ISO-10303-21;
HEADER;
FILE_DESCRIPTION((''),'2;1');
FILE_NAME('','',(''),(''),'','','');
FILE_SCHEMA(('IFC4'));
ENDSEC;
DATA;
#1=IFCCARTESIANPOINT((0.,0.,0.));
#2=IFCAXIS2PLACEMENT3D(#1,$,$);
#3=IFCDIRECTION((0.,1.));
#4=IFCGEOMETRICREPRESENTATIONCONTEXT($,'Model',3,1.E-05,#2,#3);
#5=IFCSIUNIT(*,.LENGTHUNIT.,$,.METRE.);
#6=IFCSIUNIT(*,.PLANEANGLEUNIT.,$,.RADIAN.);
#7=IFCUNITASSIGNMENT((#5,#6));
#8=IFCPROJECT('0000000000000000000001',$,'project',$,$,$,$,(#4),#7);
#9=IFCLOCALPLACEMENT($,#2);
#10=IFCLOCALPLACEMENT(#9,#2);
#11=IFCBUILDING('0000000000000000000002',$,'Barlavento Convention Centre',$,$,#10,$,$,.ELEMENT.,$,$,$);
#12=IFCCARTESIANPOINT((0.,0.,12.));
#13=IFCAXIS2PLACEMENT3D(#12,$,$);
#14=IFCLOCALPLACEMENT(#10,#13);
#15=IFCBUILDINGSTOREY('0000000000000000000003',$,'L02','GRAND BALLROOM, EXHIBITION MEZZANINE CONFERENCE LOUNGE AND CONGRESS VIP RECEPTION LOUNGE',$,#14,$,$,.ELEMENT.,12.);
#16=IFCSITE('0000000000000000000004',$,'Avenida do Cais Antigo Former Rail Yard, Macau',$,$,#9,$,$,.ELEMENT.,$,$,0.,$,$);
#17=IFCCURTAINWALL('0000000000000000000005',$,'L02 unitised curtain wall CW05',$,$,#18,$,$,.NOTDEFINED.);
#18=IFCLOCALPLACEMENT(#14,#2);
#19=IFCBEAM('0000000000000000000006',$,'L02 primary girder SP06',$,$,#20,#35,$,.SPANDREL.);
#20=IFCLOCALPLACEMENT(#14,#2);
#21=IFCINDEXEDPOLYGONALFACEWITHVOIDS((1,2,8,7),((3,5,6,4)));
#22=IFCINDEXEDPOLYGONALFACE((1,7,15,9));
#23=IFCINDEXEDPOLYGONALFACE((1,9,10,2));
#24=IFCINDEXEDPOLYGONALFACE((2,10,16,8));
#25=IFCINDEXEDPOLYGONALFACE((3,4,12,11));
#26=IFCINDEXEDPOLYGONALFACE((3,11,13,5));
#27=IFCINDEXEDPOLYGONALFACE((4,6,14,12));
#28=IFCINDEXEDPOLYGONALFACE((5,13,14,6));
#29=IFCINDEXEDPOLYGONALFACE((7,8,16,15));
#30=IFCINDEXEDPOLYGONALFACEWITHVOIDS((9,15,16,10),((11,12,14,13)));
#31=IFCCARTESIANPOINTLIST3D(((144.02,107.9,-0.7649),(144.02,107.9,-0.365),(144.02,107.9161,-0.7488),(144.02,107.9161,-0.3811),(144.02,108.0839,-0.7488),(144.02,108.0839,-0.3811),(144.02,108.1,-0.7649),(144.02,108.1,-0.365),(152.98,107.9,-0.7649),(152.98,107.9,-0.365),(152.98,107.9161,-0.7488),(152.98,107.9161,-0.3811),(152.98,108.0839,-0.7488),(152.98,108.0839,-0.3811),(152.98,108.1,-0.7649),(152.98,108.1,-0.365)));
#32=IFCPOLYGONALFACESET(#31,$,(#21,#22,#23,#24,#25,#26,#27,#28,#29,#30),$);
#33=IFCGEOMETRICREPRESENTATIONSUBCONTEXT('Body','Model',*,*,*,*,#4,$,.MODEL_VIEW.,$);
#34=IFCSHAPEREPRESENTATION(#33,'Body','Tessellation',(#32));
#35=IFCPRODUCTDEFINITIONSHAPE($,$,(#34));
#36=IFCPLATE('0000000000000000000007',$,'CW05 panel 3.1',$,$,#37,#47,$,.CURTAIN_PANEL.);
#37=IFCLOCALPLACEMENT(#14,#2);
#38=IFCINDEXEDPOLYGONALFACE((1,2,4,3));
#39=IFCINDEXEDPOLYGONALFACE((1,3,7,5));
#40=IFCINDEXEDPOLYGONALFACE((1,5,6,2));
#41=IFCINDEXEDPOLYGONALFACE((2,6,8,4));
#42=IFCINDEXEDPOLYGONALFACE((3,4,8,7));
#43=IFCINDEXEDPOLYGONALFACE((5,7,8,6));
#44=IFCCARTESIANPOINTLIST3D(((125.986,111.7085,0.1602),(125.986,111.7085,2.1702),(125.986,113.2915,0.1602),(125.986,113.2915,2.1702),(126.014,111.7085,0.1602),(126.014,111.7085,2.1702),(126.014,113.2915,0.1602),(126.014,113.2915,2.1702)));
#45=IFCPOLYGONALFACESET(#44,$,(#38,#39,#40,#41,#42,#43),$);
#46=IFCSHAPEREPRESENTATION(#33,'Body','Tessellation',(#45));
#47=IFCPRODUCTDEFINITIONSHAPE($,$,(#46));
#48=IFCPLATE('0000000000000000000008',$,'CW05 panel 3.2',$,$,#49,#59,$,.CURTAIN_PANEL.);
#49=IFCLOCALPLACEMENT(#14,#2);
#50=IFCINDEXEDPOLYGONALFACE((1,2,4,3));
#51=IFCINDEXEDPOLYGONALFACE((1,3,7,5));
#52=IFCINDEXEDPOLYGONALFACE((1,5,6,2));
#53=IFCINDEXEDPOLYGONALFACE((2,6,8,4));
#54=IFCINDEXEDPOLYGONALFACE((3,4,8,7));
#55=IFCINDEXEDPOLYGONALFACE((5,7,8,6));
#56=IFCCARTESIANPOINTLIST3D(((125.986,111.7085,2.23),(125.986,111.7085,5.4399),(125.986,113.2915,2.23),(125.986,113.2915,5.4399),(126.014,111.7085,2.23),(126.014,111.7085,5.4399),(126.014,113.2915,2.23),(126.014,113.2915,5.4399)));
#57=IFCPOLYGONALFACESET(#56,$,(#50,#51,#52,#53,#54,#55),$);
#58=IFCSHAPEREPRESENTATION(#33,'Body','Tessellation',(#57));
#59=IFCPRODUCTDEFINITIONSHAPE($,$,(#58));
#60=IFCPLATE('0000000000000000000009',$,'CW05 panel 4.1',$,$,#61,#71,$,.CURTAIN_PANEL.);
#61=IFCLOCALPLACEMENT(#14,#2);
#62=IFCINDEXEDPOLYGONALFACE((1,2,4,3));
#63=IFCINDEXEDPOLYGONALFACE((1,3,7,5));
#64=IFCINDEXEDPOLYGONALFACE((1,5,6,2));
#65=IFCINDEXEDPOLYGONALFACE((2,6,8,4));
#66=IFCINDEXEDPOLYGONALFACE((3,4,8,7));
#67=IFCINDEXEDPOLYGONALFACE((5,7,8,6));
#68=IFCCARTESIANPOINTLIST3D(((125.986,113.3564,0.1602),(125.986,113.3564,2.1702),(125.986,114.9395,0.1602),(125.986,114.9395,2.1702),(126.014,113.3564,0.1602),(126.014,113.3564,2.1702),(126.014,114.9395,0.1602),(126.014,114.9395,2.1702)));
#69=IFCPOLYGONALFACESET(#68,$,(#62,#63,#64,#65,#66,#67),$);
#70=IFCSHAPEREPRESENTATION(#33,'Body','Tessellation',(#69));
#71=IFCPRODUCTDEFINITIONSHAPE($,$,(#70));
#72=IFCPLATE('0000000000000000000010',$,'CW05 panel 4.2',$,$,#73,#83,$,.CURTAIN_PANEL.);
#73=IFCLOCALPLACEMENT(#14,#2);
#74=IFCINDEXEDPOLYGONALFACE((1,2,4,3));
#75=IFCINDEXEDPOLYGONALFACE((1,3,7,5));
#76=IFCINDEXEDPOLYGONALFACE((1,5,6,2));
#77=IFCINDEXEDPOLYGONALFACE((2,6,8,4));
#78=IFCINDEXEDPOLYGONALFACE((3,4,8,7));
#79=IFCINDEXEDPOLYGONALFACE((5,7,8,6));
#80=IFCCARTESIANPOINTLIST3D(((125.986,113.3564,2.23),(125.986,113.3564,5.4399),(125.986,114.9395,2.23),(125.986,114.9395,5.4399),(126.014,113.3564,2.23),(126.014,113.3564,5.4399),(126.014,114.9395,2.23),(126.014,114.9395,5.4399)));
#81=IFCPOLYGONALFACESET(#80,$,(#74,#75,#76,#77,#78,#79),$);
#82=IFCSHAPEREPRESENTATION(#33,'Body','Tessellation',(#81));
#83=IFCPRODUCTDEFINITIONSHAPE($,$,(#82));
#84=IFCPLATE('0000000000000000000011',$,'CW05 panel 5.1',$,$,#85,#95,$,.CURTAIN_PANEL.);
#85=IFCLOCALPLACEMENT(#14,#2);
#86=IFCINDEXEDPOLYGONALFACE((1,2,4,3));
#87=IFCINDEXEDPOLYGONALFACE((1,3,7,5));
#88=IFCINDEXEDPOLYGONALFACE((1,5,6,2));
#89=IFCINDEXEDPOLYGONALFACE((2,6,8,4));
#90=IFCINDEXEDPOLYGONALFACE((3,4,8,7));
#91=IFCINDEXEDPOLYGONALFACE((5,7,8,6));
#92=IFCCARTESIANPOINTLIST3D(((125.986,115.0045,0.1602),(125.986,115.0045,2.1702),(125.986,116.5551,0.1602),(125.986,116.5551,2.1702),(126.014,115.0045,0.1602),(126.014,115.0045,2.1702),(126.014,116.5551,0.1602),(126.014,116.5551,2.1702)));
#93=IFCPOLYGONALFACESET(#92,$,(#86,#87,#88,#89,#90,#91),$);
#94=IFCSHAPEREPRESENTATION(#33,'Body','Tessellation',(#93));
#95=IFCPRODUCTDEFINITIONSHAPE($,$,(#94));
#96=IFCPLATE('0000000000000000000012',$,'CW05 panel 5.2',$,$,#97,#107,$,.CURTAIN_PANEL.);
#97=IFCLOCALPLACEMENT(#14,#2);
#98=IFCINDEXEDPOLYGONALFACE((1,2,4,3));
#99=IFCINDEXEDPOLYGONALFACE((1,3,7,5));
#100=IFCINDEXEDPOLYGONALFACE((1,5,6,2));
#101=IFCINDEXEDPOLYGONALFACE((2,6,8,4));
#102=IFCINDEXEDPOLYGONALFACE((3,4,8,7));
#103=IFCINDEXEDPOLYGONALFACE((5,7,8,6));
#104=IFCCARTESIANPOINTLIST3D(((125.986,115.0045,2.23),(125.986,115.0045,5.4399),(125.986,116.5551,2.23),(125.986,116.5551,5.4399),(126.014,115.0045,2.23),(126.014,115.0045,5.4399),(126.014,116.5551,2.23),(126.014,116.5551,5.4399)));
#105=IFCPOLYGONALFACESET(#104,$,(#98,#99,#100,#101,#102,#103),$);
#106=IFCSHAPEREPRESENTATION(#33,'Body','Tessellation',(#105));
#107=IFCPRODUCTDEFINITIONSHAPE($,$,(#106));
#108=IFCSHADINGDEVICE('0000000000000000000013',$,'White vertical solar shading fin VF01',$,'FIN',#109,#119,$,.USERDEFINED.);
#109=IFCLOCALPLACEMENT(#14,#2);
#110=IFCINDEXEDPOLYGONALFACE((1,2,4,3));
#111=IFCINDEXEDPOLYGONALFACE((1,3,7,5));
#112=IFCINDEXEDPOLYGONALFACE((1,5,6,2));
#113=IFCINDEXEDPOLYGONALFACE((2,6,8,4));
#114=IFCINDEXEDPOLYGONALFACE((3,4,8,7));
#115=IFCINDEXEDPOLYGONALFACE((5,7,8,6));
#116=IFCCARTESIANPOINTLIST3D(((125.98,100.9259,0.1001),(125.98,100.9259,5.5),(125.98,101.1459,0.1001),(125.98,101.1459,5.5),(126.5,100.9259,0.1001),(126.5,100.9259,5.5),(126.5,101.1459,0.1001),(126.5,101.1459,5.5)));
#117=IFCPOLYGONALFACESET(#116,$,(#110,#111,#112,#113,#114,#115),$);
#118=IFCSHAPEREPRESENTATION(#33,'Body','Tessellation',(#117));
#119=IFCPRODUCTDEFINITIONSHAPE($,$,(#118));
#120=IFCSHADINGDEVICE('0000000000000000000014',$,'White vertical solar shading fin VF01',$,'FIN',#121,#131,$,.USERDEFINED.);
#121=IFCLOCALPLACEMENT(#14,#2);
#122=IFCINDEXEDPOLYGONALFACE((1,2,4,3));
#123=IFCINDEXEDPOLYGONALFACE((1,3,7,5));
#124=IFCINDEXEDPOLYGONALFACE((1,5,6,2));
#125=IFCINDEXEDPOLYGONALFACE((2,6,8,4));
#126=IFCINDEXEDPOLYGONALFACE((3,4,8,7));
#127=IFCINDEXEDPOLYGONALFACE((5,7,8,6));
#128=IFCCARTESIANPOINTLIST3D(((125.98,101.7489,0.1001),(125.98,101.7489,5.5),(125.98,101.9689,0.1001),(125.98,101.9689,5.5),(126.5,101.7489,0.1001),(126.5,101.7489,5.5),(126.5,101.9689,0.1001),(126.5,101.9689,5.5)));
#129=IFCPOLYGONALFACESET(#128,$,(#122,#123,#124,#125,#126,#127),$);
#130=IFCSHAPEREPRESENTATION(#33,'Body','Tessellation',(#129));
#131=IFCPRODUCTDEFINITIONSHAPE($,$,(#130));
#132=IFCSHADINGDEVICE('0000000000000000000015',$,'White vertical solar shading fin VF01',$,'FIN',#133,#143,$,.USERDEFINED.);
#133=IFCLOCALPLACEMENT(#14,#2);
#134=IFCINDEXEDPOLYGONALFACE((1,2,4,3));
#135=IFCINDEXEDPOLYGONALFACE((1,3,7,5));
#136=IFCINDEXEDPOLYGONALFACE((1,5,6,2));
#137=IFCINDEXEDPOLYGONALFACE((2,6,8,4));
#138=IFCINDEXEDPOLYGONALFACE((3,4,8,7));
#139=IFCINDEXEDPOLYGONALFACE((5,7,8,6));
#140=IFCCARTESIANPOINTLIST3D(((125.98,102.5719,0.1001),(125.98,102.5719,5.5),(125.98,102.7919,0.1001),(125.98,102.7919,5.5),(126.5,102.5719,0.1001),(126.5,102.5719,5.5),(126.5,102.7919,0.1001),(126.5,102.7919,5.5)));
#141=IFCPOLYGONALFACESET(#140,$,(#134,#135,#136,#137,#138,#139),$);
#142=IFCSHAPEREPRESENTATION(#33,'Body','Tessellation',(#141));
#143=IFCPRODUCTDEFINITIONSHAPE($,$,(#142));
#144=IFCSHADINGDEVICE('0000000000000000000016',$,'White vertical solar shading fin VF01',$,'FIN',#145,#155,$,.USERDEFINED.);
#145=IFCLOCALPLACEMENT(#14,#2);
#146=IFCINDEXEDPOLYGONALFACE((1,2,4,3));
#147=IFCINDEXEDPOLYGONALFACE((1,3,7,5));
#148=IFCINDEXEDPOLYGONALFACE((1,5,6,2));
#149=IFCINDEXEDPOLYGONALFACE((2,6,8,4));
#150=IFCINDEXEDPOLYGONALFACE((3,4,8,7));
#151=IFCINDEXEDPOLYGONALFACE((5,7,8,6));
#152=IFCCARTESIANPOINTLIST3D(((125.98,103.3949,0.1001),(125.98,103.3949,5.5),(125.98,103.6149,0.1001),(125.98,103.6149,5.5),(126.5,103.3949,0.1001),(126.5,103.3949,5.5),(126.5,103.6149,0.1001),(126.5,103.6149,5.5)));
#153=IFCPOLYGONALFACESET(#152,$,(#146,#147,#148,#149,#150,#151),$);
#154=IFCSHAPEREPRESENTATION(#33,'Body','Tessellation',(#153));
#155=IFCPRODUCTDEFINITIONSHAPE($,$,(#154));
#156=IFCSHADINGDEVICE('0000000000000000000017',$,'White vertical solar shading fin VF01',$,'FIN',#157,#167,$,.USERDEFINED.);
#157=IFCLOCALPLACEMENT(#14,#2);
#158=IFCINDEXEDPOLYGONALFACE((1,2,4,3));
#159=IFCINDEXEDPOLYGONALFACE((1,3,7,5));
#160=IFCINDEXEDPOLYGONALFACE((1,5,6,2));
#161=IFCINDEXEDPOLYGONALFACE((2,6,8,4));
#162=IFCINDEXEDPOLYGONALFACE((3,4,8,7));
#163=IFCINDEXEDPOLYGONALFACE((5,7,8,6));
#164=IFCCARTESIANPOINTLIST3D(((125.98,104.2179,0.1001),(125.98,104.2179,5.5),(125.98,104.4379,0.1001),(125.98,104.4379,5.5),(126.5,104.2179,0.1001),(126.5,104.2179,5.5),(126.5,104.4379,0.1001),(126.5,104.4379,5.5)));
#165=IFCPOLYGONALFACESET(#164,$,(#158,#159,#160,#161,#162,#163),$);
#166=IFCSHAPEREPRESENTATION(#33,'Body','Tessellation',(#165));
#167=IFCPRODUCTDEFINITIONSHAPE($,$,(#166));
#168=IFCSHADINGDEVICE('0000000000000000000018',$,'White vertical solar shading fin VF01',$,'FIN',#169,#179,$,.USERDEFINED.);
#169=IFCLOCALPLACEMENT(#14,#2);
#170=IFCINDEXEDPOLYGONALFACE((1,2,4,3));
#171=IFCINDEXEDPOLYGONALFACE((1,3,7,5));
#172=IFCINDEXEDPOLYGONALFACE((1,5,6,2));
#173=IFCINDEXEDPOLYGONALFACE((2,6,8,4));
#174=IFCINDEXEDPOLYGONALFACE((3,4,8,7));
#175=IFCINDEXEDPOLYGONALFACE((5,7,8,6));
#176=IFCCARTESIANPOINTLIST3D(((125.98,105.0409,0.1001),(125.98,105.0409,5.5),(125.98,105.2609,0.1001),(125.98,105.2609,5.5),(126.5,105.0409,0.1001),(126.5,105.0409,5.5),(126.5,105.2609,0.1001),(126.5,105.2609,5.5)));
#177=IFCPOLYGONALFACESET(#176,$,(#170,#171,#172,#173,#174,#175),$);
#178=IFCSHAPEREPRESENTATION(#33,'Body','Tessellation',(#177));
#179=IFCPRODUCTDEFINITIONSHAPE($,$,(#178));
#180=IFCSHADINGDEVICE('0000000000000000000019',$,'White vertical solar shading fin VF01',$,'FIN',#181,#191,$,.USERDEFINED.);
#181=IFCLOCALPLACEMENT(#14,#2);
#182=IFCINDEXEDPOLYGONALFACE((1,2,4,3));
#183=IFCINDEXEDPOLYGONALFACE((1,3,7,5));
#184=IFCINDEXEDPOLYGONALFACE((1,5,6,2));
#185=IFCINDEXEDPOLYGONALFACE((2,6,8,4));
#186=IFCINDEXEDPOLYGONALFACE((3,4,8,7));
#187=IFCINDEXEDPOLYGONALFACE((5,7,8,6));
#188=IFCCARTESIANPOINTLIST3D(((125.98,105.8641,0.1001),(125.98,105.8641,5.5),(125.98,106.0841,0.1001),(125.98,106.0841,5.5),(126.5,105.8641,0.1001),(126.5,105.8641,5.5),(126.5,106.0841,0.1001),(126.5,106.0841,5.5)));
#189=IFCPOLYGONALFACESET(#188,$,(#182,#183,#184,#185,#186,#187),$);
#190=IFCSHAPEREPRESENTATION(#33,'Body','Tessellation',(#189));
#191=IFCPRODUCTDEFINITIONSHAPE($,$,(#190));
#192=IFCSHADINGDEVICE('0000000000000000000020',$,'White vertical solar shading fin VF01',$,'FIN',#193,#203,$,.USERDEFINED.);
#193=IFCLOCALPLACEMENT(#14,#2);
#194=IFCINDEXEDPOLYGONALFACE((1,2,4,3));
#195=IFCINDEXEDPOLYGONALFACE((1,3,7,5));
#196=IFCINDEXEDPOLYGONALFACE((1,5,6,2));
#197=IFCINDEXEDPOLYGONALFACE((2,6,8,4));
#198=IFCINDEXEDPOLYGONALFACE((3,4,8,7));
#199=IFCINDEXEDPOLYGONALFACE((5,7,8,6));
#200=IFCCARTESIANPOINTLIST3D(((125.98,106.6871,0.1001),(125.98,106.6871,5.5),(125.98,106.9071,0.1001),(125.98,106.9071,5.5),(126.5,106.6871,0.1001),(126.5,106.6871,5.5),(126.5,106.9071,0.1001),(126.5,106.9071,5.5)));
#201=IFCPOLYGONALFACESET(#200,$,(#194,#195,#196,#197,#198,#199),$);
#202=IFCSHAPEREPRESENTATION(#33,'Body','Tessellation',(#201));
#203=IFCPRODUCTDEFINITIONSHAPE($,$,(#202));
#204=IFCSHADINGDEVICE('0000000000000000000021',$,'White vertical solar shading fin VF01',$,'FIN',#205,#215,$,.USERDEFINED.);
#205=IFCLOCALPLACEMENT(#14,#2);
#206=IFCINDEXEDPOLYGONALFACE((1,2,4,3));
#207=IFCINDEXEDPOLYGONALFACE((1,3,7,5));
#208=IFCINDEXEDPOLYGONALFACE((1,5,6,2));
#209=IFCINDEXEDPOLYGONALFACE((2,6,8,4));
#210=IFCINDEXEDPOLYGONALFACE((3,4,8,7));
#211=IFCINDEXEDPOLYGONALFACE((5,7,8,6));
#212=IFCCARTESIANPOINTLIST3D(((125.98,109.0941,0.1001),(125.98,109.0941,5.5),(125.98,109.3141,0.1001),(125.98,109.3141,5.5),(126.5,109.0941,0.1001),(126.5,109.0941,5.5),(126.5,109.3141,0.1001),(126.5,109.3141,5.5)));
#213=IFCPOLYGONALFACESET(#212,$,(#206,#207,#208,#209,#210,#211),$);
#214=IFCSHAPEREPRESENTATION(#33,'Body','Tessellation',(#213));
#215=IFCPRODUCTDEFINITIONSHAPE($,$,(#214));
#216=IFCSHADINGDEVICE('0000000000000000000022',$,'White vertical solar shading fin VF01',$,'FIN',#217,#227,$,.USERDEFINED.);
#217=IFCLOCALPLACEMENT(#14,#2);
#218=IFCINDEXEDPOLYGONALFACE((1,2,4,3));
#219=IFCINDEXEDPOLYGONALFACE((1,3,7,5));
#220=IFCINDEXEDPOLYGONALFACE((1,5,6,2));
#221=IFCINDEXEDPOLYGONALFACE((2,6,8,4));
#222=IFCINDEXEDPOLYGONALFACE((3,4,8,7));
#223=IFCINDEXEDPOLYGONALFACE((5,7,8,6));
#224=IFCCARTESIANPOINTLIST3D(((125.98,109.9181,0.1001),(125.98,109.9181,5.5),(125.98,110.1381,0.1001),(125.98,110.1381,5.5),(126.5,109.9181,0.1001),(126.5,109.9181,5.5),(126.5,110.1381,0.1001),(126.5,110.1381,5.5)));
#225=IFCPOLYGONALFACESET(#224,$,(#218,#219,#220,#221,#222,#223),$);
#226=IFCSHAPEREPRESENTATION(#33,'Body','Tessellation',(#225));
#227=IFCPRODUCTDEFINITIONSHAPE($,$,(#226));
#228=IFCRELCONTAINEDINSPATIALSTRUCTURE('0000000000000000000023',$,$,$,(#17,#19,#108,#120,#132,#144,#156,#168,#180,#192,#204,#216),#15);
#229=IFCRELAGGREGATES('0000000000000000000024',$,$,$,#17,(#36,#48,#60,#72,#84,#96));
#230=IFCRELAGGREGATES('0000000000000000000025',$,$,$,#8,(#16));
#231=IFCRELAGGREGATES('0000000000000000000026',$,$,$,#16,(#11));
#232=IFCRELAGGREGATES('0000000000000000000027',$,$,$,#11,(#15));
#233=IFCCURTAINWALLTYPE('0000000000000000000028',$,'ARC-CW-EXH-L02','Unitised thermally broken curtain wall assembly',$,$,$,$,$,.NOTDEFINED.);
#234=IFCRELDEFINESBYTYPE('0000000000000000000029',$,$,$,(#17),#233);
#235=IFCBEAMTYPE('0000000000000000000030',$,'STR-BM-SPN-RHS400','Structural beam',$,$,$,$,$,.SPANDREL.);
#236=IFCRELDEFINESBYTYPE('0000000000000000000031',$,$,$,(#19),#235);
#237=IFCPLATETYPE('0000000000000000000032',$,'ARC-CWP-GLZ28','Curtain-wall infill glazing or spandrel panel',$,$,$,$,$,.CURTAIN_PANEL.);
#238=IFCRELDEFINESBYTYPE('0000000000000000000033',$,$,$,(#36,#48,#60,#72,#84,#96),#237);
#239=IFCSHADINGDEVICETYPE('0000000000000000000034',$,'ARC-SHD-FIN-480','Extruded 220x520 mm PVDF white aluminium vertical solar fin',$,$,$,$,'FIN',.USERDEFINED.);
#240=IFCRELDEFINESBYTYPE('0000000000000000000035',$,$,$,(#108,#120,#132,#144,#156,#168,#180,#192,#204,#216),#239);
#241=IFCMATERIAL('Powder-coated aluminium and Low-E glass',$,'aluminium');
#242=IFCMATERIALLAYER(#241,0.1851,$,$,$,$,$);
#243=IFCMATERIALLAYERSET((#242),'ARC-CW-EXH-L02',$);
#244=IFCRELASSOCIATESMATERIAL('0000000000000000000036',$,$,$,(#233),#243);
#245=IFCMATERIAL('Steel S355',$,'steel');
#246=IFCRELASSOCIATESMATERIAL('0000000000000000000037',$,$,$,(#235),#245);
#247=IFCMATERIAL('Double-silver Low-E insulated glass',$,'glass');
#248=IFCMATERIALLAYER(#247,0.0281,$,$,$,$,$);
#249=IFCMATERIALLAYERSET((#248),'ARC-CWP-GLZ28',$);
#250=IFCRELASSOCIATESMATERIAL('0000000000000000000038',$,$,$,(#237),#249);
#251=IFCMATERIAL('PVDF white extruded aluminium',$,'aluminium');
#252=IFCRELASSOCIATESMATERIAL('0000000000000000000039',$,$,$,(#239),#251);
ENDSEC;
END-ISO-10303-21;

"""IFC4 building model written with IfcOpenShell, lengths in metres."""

from ifc_helpers import new_model, si_unit, direction, frame, origin, origin_2d, place, context, subcontext, project, spatial, rectangle, hollow_rectangle, extrude, material, layer, layer_set, material_profile, profile_set, type_object, element, aggregate, save


model = new_model("IFC4")

# Units and contexts
model_context = context("Model", 3, precision=1e-05, world=origin(), true_north=direction((0.0, 1.0)))
body_context = subcontext(model_context, "Body", "Model", "MODEL_VIEW")
ifc_project = project(units=[si_unit("LENGTHUNIT", "METRE"), si_unit("PLANEANGLEUNIT", "RADIAN")], contexts=[model_context])

# Site, building, storey
site_placement = place(None, origin())
site = spatial("IfcSite", under=ifc_project, at=site_placement, Name="Avenida do Cais Antigo Former Rail Yard, Macau", CompositionType="ELEMENT", RefElevation=0.0)
building_placement = place(site_placement, origin())
building = spatial("IfcBuilding", under=site, at=building_placement, Name="Barlavento Convention Centre", CompositionType="ELEMENT")
storey_placement = place(building_placement, frame((0.0, 0.0, 12.0)))
storey = spatial("IfcBuildingStorey", under=building, at=storey_placement, Name="L02", Description="GRAND BALLROOM, EXHIBITION MEZZANINE CONFERENCE LOUNGE AND CONGRESS VIP RECEPTION LOUNGE", CompositionType="ELEMENT", Elevation=12.0)

# Curtain wall
ifc_material_1 = material(Name="Powder-coated aluminium and Low-E glass", Category="aluminium")
ifc_layer_1 = layer(ifc_material_1, 0.1851)
ifc_layer_set_1 = layer_set([ifc_layer_1], Name="ARC-CW-EXH-L02")
curtain_wall_type = type_object("IfcCurtainWallType", Name="ARC-CW-EXH-L02", Description="Unitised thermally broken curtain wall assembly", PredefinedType="NOTDEFINED", material=ifc_layer_set_1)
curtain_wall_placement = place(storey_placement, origin())
curtain_wall = element("IfcCurtainWall", 1, at=curtain_wall_placement, inside=storey, type_object=curtain_wall_type, Name="L02 unitised curtain wall CW05", PredefinedType="NOTDEFINED")

# Beam
ifc_material_2 = material(Name="Steel S355", Category="steel")
ifc_material_profile_1 = material_profile(ifc_material_2, hollow_rectangle(XDim=0.2, YDim=0.3999, WallThickness=0.0161, at=origin_2d()), Name="RHS 400x200x16.0")
ifc_profile_set_1 = profile_set([ifc_material_profile_1], Name="Steel S355")
beam_type_1 = type_object("IfcBeamType", Name="STR-BM-SPN-RHS400", Description="Structural beam", PredefinedType="SPANDREL", material=ifc_profile_set_1)
beam_1_placement = place(storey_placement, frame((144.02, 108.0, -0.5649), z_axis=(1.0, 0.0, 0.0), x_axis=(0.0, 1.0, 0.0)))
element("IfcBeam", 2, at=beam_1_placement, inside=storey, type_object=beam_type_1, Name="L02 primary girder SP06", PredefinedType="SPANDREL", context=body_context, shape_type="SweptSolid", body=[
    extrude(hollow_rectangle(XDim=0.2, YDim=0.3999, WallThickness=0.0161, at=origin_2d()), origin(), (0.0, 0.0, 1.0), 8.96),
])

# Plates
ifc_material_3 = material(Name="Double-silver Low-E insulated glass", Category="glass")
ifc_layer_2 = layer(ifc_material_3, 0.0281)
ifc_layer_set_2 = layer_set([ifc_layer_2], Name="ARC-CWP-GLZ28")
plate_type = type_object("IfcPlateType", Name="ARC-CWP-GLZ28", Description="Curtain-wall infill glazing or spandrel panel", PredefinedType="CURTAIN_PANEL", material=ifc_layer_set_2)
plate_1_placement = place(storey_placement, frame((126.0, 112.5, 0.1602), z_axis=(0.0, 0.0, 1.0), x_axis=(0.0, 1.0, 0.0)))
plate_1 = element("IfcPlate", 3, at=plate_1_placement, type_object=plate_type, Name="CW05 panel 3.1", PredefinedType="CURTAIN_PANEL", context=body_context, shape_type="SweptSolid", body=[
    extrude(rectangle(XDim=1.583, YDim=0.0281, at=origin_2d()), origin(), (0.0, 0.0, 1.0), 2.01),
])
plate_2_placement = place(storey_placement, frame((126.0, 112.5, 2.23), z_axis=(0.0, 0.0, 1.0), x_axis=(0.0, 1.0, 0.0)))
plate_2 = element("IfcPlate", 4, at=plate_2_placement, type_object=plate_type, Name="CW05 panel 3.2", PredefinedType="CURTAIN_PANEL", context=body_context, shape_type="SweptSolid", body=[
    extrude(rectangle(XDim=1.583, YDim=0.0281, at=origin_2d()), origin(), (0.0, 0.0, 1.0), 3.21),
])
plate_3_placement = place(storey_placement, frame((126.0, 114.1479, 0.1602), z_axis=(0.0, 0.0, 1.0), x_axis=(0.0, 1.0, 0.0)))
plate_3 = element("IfcPlate", 5, at=plate_3_placement, type_object=plate_type, Name="CW05 panel 4.1", PredefinedType="CURTAIN_PANEL", context=body_context, shape_type="SweptSolid", body=[
    extrude(rectangle(XDim=1.583, YDim=0.0281, at=origin_2d()), origin(), (0.0, 0.0, 1.0), 2.01),
])
plate_4_placement = place(storey_placement, frame((126.0, 114.1479, 2.23), z_axis=(0.0, 0.0, 1.0), x_axis=(0.0, 1.0, 0.0)))
plate_4 = element("IfcPlate", 6, at=plate_4_placement, type_object=plate_type, Name="CW05 panel 4.2", PredefinedType="CURTAIN_PANEL", context=body_context, shape_type="SweptSolid", body=[
    extrude(rectangle(XDim=1.583, YDim=0.0281, at=origin_2d()), origin(), (0.0, 0.0, 1.0), 3.21),
])
plate_5_placement = place(storey_placement, frame((126.0, 115.7798, 0.1602), z_axis=(0.0, 0.0, 1.0), x_axis=(0.0, 1.0, 0.0)))
plate_5 = element("IfcPlate", 7, at=plate_5_placement, type_object=plate_type, Name="CW05 panel 5.1", PredefinedType="CURTAIN_PANEL", context=body_context, shape_type="SweptSolid", body=[
    extrude(rectangle(XDim=1.5505, YDim=0.0281, at=origin_2d()), origin(), (0.0, 0.0, 1.0), 2.01),
])
plate_6_placement = place(storey_placement, frame((126.0, 115.7798, 2.23), z_axis=(0.0, 0.0, 1.0), x_axis=(0.0, 1.0, 0.0)))
plate_6 = element("IfcPlate", 8, at=plate_6_placement, type_object=plate_type, Name="CW05 panel 5.2", PredefinedType="CURTAIN_PANEL", context=body_context, shape_type="SweptSolid", body=[
    extrude(rectangle(XDim=1.5505, YDim=0.0281, at=origin_2d()), origin(), (0.0, 0.0, 1.0), 3.21),
])
aggregate(curtain_wall, [plate_1, plate_2, plate_3, plate_4, plate_5, plate_6])

# Shading devices
ifc_material_4 = material(Name="PVDF white extruded aluminium", Category="aluminium")
shading_device_type = type_object("IfcShadingDeviceType", Name="ARC-SHD-FIN-480", Description="Extruded 220x520 mm PVDF white aluminium vertical solar fin", ElementType="FIN", PredefinedType="USERDEFINED", material=ifc_material_4)
for number, where, z_axis, x_axis, name in (
    (9, (126.24, 101.0359, 0.1001), (0.0, 0.0, 1.0), (0.0, 1.0, 0.0), "White vertical solar shading fin VF01"),
    (10, (126.24, 101.8589, 0.1001), (0.0, 0.0, 1.0), (0.0, 1.0, 0.0), "White vertical solar shading fin VF01"),
    (11, (126.24, 102.6819, 0.1001), (0.0, 0.0, 1.0), (0.0, 1.0, 0.0), "White vertical solar shading fin VF01"),
    (12, (126.24, 103.5049, 0.1001), (0.0, 0.0, 1.0), (0.0, 1.0, 0.0), "White vertical solar shading fin VF01"),
    (13, (126.24, 104.3279, 0.1001), (0.0, 0.0, 1.0), (0.0, 1.0, 0.0), "White vertical solar shading fin VF01"),
    (14, (126.24, 105.1509, 0.1001), (0.0, 0.0, 1.0), (0.0, 1.0, 0.0), "White vertical solar shading fin VF01"),
    (15, (126.24, 105.9741, 0.1001), (0.0, 0.0, 1.0), (0.0, 1.0, 0.0), "White vertical solar shading fin VF01"),
    (16, (126.24, 106.7971, 0.1001), (0.0, 0.0, 1.0), (0.0, 1.0, 0.0), "White vertical solar shading fin VF01"),
    (17, (126.24, 109.2041, 0.1001), (0.0, 0.0, 1.0), (0.0, 1.0, 0.0), "White vertical solar shading fin VF01"),
    (18, (126.24, 110.0281, 0.1001), (0.0, 0.0, 1.0), (0.0, 1.0, 0.0), "White vertical solar shading fin VF01"),
):
    element("IfcShadingDevice", number, at=place(storey_placement, frame(where, z_axis=z_axis, x_axis=x_axis)), inside=storey, type_object=shading_device_type, Name=name, ObjectType="FIN", PredefinedType="USERDEFINED", context=body_context, shape_type="SweptSolid", body=[
        extrude(rectangle(XDim=0.22, YDim=0.52, at=origin_2d()), origin(), (0.0, 0.0, 1.0), 5.3999),
    ])

save(model, "model.ifc")
